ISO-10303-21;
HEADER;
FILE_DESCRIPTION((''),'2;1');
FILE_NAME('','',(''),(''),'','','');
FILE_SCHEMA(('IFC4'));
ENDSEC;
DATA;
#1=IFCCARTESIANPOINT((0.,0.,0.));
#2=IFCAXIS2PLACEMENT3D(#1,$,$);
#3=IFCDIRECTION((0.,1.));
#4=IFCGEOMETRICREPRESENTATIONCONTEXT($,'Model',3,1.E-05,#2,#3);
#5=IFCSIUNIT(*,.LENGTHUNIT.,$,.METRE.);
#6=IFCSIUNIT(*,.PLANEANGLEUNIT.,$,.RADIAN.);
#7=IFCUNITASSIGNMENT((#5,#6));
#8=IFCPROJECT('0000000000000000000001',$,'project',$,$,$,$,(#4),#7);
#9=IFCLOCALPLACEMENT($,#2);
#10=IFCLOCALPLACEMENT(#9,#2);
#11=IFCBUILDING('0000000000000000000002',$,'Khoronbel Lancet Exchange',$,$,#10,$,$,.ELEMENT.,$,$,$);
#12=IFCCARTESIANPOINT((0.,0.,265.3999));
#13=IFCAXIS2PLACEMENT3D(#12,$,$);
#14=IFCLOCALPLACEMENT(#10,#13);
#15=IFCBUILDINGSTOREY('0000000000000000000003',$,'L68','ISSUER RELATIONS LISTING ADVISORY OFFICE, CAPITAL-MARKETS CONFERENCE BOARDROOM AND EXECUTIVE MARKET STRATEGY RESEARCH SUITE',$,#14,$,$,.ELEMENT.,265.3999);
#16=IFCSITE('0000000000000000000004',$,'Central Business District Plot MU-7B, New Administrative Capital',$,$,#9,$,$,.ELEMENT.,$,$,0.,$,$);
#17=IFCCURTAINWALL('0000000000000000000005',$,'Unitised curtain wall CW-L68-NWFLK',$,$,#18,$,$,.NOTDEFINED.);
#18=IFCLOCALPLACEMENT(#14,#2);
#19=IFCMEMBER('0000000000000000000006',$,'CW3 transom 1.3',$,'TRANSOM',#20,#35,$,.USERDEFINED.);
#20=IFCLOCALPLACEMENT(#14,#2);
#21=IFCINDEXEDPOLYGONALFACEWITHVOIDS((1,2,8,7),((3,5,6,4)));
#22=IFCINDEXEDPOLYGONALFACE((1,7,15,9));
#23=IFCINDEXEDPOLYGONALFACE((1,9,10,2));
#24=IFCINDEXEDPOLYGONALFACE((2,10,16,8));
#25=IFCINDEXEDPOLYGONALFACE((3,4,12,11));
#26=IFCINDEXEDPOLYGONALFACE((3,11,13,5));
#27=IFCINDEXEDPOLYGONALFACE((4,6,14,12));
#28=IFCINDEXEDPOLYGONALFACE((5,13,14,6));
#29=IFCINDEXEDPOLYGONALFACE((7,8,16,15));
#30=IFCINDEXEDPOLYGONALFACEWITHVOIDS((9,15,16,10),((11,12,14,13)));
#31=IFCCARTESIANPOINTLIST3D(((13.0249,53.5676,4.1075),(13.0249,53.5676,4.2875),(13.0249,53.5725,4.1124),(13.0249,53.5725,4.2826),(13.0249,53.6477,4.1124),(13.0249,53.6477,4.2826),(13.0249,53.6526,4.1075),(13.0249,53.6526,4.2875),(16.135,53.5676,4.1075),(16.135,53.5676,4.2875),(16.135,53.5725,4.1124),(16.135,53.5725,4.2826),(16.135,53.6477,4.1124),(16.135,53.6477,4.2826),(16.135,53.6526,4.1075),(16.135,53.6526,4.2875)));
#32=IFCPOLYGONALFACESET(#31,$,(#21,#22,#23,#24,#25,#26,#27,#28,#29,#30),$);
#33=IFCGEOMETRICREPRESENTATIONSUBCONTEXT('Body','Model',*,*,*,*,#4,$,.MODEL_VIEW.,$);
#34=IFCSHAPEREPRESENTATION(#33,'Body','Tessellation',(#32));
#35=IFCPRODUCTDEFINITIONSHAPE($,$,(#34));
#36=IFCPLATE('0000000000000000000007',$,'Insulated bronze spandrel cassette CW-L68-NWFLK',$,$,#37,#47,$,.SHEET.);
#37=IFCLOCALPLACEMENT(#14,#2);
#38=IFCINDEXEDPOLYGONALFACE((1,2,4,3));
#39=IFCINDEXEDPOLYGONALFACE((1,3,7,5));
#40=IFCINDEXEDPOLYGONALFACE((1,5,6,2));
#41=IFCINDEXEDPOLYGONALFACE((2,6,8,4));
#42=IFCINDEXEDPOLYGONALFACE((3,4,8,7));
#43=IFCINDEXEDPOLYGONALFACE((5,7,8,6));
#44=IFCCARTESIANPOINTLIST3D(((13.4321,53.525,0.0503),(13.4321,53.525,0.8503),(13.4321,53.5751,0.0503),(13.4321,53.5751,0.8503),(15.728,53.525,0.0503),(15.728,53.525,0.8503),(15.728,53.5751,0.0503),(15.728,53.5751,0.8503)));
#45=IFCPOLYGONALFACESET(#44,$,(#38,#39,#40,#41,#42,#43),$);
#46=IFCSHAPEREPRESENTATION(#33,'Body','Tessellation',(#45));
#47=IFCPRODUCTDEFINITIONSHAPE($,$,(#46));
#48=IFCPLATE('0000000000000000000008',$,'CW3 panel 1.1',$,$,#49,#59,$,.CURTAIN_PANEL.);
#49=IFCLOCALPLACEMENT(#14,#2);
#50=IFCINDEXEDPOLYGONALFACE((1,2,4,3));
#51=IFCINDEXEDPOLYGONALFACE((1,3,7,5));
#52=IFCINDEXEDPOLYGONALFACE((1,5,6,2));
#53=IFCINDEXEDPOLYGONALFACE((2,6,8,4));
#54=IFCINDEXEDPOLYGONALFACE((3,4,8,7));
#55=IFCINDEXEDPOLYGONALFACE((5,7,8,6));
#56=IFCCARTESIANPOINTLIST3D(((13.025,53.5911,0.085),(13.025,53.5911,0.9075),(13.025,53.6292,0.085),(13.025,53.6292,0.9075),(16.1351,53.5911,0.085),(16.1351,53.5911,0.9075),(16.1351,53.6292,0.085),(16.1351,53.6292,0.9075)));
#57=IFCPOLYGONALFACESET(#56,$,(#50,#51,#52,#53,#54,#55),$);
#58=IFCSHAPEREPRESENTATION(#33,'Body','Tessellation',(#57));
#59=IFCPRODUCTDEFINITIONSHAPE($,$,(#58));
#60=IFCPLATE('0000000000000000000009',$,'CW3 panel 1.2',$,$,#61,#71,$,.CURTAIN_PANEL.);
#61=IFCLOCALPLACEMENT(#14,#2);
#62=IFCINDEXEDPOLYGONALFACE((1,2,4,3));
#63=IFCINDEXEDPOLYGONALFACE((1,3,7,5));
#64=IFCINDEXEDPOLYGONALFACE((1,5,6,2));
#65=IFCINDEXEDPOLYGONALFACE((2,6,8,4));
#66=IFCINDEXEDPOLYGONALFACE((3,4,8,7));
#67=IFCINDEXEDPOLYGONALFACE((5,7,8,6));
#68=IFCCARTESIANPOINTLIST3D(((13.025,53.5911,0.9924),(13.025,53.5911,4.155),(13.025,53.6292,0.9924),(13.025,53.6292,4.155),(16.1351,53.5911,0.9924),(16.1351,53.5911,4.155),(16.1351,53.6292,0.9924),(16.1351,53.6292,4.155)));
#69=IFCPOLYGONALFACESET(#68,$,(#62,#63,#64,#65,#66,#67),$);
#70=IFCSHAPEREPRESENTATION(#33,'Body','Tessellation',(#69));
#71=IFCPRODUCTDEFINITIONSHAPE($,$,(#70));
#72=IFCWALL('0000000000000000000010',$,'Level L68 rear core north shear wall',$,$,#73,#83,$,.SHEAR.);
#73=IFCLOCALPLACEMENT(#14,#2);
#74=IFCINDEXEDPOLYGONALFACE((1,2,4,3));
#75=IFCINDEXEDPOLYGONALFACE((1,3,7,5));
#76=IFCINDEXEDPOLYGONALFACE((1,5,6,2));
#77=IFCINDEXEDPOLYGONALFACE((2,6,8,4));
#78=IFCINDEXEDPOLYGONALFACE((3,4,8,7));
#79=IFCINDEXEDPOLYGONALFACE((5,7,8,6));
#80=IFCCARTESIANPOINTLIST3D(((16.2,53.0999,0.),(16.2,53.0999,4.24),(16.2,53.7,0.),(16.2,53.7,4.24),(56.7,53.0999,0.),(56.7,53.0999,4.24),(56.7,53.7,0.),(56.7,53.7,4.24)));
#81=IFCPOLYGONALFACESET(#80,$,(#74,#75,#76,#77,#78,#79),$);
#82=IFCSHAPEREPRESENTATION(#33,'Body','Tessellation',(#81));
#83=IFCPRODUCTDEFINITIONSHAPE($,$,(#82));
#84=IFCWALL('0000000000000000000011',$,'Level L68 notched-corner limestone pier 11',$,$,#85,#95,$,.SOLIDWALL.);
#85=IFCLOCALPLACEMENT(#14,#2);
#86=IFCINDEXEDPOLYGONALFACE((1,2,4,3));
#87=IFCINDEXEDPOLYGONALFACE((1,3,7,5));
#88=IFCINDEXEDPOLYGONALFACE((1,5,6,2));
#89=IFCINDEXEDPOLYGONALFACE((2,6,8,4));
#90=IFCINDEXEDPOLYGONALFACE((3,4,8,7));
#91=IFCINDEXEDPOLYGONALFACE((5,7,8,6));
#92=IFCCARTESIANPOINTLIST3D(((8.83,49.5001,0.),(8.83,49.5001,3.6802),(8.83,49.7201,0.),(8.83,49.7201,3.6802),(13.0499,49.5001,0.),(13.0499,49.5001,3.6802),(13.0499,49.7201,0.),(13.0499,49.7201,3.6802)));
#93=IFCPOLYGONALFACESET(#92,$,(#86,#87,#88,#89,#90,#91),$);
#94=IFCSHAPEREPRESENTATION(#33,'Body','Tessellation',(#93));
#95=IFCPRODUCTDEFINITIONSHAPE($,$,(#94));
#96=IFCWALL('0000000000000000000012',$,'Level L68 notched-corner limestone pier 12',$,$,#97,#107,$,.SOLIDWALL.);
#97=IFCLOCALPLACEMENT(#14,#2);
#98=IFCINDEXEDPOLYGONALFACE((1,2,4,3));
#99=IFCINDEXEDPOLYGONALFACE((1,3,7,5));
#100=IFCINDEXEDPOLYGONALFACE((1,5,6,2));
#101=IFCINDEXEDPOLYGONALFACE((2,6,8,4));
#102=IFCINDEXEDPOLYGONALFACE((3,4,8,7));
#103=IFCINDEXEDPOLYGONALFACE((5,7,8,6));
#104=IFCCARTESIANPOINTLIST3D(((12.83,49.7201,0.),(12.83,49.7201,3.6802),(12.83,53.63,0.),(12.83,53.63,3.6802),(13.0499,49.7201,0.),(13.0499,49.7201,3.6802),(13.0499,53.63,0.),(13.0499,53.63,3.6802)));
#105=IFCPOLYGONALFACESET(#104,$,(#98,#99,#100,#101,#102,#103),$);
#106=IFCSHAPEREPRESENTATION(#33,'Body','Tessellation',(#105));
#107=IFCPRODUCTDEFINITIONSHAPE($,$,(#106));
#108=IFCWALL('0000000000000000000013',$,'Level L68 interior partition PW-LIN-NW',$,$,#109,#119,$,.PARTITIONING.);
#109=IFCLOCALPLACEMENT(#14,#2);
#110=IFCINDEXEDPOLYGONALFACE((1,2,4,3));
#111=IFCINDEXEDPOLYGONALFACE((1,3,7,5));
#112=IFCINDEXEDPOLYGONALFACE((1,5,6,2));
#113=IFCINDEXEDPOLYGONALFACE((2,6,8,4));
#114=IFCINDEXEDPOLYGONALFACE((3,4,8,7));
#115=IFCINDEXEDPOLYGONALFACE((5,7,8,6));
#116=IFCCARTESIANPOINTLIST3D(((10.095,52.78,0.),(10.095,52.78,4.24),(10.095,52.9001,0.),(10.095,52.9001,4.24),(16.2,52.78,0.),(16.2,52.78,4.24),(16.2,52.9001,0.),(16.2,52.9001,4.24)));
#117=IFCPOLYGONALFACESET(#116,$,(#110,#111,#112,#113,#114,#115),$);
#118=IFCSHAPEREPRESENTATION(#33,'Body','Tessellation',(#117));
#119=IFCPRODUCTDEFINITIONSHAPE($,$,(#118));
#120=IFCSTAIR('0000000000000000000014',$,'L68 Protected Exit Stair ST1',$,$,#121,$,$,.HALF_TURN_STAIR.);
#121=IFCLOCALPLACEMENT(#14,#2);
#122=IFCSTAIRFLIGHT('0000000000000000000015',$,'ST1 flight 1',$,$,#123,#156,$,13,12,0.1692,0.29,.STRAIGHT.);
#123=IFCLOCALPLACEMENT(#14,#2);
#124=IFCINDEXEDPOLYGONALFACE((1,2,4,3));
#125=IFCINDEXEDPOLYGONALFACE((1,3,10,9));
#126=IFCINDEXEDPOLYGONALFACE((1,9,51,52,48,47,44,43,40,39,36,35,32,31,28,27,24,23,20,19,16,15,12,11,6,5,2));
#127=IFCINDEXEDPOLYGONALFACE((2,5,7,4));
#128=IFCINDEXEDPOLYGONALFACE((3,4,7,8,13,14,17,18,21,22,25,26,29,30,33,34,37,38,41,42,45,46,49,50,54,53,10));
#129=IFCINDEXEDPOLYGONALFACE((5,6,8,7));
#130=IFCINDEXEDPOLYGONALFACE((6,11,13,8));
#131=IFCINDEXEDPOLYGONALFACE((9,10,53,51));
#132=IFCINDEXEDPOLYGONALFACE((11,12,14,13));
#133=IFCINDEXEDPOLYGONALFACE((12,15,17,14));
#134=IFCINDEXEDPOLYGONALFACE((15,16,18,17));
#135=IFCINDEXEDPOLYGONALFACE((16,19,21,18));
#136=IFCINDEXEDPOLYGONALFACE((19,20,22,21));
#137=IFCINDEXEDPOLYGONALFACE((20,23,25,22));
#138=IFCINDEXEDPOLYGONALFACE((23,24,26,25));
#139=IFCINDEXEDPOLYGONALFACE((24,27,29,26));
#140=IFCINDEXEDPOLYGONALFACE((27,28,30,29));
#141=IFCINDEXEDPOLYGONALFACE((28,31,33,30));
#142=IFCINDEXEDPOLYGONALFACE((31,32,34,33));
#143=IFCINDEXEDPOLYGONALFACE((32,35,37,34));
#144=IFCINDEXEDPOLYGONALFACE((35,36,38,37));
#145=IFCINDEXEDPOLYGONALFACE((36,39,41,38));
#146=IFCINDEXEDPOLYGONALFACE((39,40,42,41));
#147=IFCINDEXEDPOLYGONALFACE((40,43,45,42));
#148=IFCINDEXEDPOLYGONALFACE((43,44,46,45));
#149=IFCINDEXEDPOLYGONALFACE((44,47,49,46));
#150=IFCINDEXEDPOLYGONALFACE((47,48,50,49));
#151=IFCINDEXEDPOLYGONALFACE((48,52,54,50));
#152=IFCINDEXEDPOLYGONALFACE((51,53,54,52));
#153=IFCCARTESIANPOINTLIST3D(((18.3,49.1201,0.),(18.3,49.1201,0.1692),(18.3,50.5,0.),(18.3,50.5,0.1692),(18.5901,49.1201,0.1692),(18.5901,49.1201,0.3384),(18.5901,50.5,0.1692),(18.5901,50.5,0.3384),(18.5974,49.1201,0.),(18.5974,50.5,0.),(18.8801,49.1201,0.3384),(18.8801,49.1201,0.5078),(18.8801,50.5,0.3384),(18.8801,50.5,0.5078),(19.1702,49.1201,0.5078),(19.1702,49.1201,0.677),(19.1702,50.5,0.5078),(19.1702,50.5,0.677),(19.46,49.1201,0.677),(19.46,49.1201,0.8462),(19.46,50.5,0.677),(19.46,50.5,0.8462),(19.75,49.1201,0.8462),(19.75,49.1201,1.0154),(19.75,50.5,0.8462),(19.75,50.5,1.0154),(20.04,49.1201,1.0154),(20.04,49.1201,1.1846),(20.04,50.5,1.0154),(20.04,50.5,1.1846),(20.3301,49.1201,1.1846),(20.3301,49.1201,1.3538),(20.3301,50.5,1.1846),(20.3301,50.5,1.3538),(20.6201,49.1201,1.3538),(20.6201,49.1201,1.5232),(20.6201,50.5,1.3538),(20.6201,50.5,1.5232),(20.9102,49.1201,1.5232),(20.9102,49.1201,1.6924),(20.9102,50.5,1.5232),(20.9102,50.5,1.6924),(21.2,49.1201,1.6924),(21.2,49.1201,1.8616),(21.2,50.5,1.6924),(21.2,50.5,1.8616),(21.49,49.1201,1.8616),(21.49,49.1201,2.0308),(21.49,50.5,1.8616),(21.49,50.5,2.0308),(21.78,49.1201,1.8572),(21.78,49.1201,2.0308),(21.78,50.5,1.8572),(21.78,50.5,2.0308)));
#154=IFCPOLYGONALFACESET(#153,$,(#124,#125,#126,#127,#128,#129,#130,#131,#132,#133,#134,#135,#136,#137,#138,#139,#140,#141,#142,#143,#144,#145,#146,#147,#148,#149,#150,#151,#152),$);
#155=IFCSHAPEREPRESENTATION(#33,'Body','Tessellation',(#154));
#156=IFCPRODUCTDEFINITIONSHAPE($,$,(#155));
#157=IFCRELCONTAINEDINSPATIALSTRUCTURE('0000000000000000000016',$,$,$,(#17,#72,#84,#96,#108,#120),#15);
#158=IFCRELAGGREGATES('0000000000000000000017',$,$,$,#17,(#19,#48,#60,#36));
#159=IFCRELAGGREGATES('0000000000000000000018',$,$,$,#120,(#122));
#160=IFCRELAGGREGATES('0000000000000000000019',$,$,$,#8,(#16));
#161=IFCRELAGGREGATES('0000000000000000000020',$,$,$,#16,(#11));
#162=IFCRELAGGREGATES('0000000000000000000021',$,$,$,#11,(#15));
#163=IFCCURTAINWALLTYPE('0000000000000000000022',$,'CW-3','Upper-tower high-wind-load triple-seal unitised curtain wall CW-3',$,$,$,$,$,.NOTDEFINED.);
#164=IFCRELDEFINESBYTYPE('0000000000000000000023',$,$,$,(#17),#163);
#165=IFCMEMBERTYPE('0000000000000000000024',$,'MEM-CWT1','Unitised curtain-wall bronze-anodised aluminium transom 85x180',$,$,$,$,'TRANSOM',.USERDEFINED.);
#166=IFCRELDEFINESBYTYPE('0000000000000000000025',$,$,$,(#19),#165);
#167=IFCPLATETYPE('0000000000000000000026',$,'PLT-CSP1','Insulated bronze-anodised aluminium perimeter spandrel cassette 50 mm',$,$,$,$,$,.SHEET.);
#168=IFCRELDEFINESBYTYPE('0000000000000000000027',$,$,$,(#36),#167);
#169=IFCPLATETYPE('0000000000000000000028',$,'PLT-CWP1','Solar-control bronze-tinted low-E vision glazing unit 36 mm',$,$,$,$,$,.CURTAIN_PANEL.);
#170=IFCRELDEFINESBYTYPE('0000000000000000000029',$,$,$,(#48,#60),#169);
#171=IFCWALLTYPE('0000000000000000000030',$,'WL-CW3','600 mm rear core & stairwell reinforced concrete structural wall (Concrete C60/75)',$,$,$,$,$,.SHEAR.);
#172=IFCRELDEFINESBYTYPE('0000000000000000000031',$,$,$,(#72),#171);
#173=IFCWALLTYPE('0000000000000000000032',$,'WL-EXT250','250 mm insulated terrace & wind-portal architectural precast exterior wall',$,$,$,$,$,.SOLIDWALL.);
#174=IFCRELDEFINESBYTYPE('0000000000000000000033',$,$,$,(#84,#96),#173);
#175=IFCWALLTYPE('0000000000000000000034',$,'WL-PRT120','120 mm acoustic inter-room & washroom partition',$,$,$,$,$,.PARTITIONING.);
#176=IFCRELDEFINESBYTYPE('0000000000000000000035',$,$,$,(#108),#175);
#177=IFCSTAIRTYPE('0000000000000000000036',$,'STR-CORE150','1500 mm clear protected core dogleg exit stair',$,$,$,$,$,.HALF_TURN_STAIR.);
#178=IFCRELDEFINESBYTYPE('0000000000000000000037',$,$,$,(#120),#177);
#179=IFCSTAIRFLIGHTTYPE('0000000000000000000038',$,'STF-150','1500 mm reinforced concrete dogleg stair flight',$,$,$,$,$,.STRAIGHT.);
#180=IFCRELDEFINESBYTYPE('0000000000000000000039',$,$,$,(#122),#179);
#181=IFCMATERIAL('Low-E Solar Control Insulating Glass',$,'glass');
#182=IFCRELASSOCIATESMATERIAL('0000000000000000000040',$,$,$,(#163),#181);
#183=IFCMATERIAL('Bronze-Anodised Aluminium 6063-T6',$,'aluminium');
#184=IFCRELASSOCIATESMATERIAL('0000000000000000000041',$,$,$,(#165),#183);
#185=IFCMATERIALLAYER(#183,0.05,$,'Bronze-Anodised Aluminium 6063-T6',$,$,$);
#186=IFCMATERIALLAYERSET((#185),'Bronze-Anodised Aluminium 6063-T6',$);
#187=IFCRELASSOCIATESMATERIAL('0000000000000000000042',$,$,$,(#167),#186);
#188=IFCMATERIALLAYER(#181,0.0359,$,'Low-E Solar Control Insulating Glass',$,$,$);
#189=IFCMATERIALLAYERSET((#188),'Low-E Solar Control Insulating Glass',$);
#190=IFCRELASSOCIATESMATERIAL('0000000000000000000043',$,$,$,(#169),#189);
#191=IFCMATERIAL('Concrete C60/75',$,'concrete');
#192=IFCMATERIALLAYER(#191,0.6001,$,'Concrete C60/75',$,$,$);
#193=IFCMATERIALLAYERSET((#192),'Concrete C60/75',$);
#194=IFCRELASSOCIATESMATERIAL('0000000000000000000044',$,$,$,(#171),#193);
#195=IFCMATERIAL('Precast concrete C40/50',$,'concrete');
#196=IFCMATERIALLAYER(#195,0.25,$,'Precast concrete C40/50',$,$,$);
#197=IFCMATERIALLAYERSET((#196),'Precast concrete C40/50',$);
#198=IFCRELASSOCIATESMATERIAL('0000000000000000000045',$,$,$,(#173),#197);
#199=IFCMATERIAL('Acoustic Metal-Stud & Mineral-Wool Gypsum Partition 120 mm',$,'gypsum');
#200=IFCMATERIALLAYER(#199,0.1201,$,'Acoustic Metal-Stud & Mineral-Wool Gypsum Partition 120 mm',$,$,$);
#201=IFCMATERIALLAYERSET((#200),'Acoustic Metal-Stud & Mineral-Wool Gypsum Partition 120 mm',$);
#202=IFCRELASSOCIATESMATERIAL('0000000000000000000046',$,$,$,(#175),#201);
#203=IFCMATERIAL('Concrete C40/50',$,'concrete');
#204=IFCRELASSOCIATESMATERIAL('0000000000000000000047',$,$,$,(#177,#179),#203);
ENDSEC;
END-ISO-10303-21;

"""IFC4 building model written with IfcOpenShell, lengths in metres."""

from ifc_helpers import new_model, si_unit, direction, frame, frame_2d, origin, origin_2d, place, context, subcontext, project, spatial, polyline, rectangle, hollow_rectangle, outline, extrude, material, layer, layer_set, material_profile, profile_set, type_object, element, aggregate, save


model = new_model("IFC4")

# Units and contexts
model_context = context("Model", 3, precision=1e-05, world=origin(), true_north=direction((0.0, 1.0)))
body_context = subcontext(model_context, "Body", "Model", "MODEL_VIEW")
ifc_project = project(units=[si_unit("LENGTHUNIT", "METRE"), si_unit("PLANEANGLEUNIT", "RADIAN")], contexts=[model_context])

# Site, building, storey
site_placement = place(None, origin())
site = spatial("IfcSite", under=ifc_project, at=site_placement, Name="Central Business District Plot MU-7B, New Administrative Capital", CompositionType="ELEMENT", RefElevation=0.0)
building_placement = place(site_placement, origin())
building = spatial("IfcBuilding", under=site, at=building_placement, Name="Khoronbel Lancet Exchange", CompositionType="ELEMENT")
storey_placement = place(building_placement, frame((0.0, 0.0, 265.3999)))
storey = spatial("IfcBuildingStorey", under=building, at=storey_placement, Name="L68", Description="ISSUER RELATIONS LISTING ADVISORY OFFICE, CAPITAL-MARKETS CONFERENCE BOARDROOM AND EXECUTIVE MARKET STRATEGY RESEARCH SUITE", CompositionType="ELEMENT", Elevation=265.3999)

# Curtain wall, member, plates
ifc_material_1 = material(Name="Low-E Solar Control Insulating Glass", Category="glass")
curtain_wall_type = type_object("IfcCurtainWallType", Name="CW-3", Description="Upper-tower high-wind-load triple-seal unitised curtain wall CW-3", PredefinedType="NOTDEFINED", material=ifc_material_1)
curtain_wall_placement = place(storey_placement, origin())
curtain_wall = element("IfcCurtainWall", 1, at=curtain_wall_placement, inside=storey, type_object=curtain_wall_type, Name="Unitised curtain wall CW-L68-NWFLK", PredefinedType="NOTDEFINED")
ifc_material_2 = material(Name="Bronze-Anodised Aluminium 6063-T6", Category="aluminium")
ifc_material_profile_1 = material_profile(ifc_material_2, hollow_rectangle(XDim=0.085, YDim=0.1799, WallThickness=0.0049, at=origin_2d()), Name="ALU TRANSOM 85x180")
ifc_profile_set_1 = profile_set([ifc_material_profile_1], Name="Bronze-Anodised Aluminium 6063-T6")
member_type_1 = type_object("IfcMemberType", Name="MEM-CWT1", Description="Unitised curtain-wall bronze-anodised aluminium transom 85x180", ElementType="TRANSOM", PredefinedType="USERDEFINED", material=ifc_profile_set_1)
member_1_placement = place(storey_placement, frame((16.135, 53.6101, 4.1975), z_axis=(-1.0, 0.0, 0.0), x_axis=(0.0, -1.0, 0.0)))
member_1 = element("IfcMember", 2, at=member_1_placement, type_object=member_type_1, Name="CW3 transom 1.3", ObjectType="TRANSOM", PredefinedType="USERDEFINED", context=body_context, shape_type="SweptSolid", body=[
    extrude(hollow_rectangle(XDim=0.085, YDim=0.1799, WallThickness=0.0049, at=origin_2d()), origin(), (0.0, 0.0, 1.0), 3.1101),
])
ifc_layer_1 = layer(ifc_material_2, 0.05, Name="Bronze-Anodised Aluminium 6063-T6")
ifc_layer_set_1 = layer_set([ifc_layer_1], Name="Bronze-Anodised Aluminium 6063-T6")
plate_type_1 = type_object("IfcPlateType", Name="PLT-CSP1", Description="Insulated bronze-anodised aluminium perimeter spandrel cassette 50 mm", PredefinedType="SHEET", material=ifc_layer_set_1)
plate_1_placement = place(storey_placement, frame((14.5801, 53.55, 0.0503), z_axis=(0.0, 0.0, 1.0), x_axis=(-1.0, 0.0, 0.0)))
plate_1 = element("IfcPlate", 3, at=plate_1_placement, type_object=plate_type_1, Name="Insulated bronze spandrel cassette CW-L68-NWFLK", PredefinedType="SHEET", context=body_context, shape_type="SweptSolid", body=[
    extrude(rectangle(XDim=2.2959, YDim=0.05, at=origin_2d()), origin(), (0.0, 0.0, 1.0), 0.8),
])
ifc_layer_2 = layer(ifc_material_1, 0.0359, Name="Low-E Solar Control Insulating Glass")
ifc_layer_set_2 = layer_set([ifc_layer_2], Name="Low-E Solar Control Insulating Glass")
plate_type_2 = type_object("IfcPlateType", Name="PLT-CWP1", Description="Solar-control bronze-tinted low-E vision glazing unit 36 mm", PredefinedType="CURTAIN_PANEL", material=ifc_layer_set_2)
plate_2_placement = place(storey_placement, frame((14.5801, 53.6101, 0.085), z_axis=(0.0, 0.0, 1.0), x_axis=(-1.0, 0.0, 0.0)))
plate_2 = element("IfcPlate", 4, at=plate_2_placement, type_object=plate_type_2, Name="CW3 panel 1.1", PredefinedType="CURTAIN_PANEL", context=body_context, shape_type="SweptSolid", body=[
    extrude(rectangle(XDim=3.1101, YDim=0.0381, at=origin_2d()), origin(), (0.0, 0.0, 1.0), 0.8225),
])
plate_3_placement = place(storey_placement, frame((14.5801, 53.6101, 0.9924), z_axis=(0.0, 0.0, 1.0), x_axis=(-1.0, 0.0, 0.0)))
plate_3 = element("IfcPlate", 5, at=plate_3_placement, type_object=plate_type_2, Name="CW3 panel 1.2", PredefinedType="CURTAIN_PANEL", context=body_context, shape_type="SweptSolid", body=[
    extrude(rectangle(XDim=3.1101, YDim=0.0381, at=origin_2d()), origin(), (0.0, 0.0, 1.0), 3.1626),
])
aggregate(curtain_wall, [member_1, plate_2, plate_3, plate_1])

# Walls
ifc_material_3 = material(Name="Concrete C60/75", Category="concrete")
ifc_layer_3 = layer(ifc_material_3, 0.6001, Name="Concrete C60/75")
ifc_layer_set_3 = layer_set([ifc_layer_3], Name="Concrete C60/75")
wall_type_1 = type_object("IfcWallType", Name="WL-CW3", Description="600 mm rear core & stairwell reinforced concrete structural wall (Concrete C60/75)", PredefinedType="SHEAR", material=ifc_layer_set_3)
wall_1_placement = place(storey_placement, frame((16.2, 53.3999, 0.0), z_axis=(0.0, 0.0, 1.0), x_axis=(1.0, 0.0, 0.0)))
element("IfcWall", 6, at=wall_1_placement, inside=storey, type_object=wall_type_1, Name="Level L68 rear core north shear wall", PredefinedType="SHEAR", context=body_context, shape_type="SweptSolid", body=[
    extrude(rectangle(XDim=40.5, YDim=0.6001, at=frame_2d((20.25, 0.0))), origin(), (0.0, 0.0, 1.0), 4.24),
])
ifc_material_4 = material(Name="Precast concrete C40/50", Category="concrete")
ifc_layer_4 = layer(ifc_material_4, 0.25, Name="Precast concrete C40/50")
ifc_layer_set_4 = layer_set([ifc_layer_4], Name="Precast concrete C40/50")
wall_type_2 = type_object("IfcWallType", Name="WL-EXT250", Description="250 mm insulated terrace & wind-portal architectural precast exterior wall", PredefinedType="SOLIDWALL", material=ifc_layer_set_4)
wall_2_placement = place(storey_placement, frame((8.8301, 49.6101, 0.0), z_axis=(0.0, 0.0, 1.0), x_axis=(1.0, 0.0, 0.0)))
element("IfcWall", 7, at=wall_2_placement, inside=storey, type_object=wall_type_2, Name="Level L68 notched-corner limestone pier 11", PredefinedType="SOLIDWALL", context=body_context, shape_type="SweptSolid", body=[
    extrude(rectangle(XDim=4.22, YDim=0.22, at=frame_2d((2.1099, 0.0))), origin(), (0.0, 0.0, 1.0), 3.6802),
])
wall_3_placement = place(storey_placement, frame((12.9399, 49.72, 0.0), z_axis=(0.0, 0.0, 1.0), x_axis=(0.0, 1.0, 0.0)))
element("IfcWall", 8, at=wall_3_placement, inside=storey, type_object=wall_type_2, Name="Level L68 notched-corner limestone pier 12", PredefinedType="SOLIDWALL", context=body_context, shape_type="SweptSolid", body=[
    extrude(rectangle(XDim=3.9099, YDim=0.22, at=frame_2d((1.9551, 0.0))), origin(), (0.0, 0.0, 1.0), 3.6802),
])
ifc_material_5 = material(Name="Acoustic Metal-Stud & Mineral-Wool Gypsum Partition 120 mm", Category="gypsum")
ifc_layer_5 = layer(ifc_material_5, 0.1201, Name="Acoustic Metal-Stud & Mineral-Wool Gypsum Partition 120 mm")
ifc_layer_set_5 = layer_set([ifc_layer_5], Name="Acoustic Metal-Stud & Mineral-Wool Gypsum Partition 120 mm")
wall_type_3 = type_object("IfcWallType", Name="WL-PRT120", Description="120 mm acoustic inter-room & washroom partition", PredefinedType="PARTITIONING", material=ifc_layer_set_5)
wall_4_placement = place(storey_placement, frame((10.095, 52.8401, 0.0), z_axis=(0.0, 0.0, 1.0), x_axis=(1.0, 0.0, 0.0)))
element("IfcWall", 9, at=wall_4_placement, inside=storey, type_object=wall_type_3, Name="Level L68 interior partition PW-LIN-NW", PredefinedType="PARTITIONING", context=body_context, shape_type="SweptSolid", body=[
    extrude(rectangle(XDim=6.105, YDim=0.1201, at=frame_2d((3.0525, 0.0))), origin(), (0.0, 0.0, 1.0), 4.24),
])

# Stair, stair flight
ifc_material_6 = material(Name="Concrete C40/50", Category="concrete")
stair_type = type_object("IfcStairType", Name="STR-CORE150", Description="1500 mm clear protected core dogleg exit stair", PredefinedType="HALF_TURN_STAIR", material=ifc_material_6)
stair_placement = place(storey_placement, origin())
stair = element("IfcStair", 10, at=stair_placement, inside=storey, type_object=stair_type, Name="L68 Protected Exit Stair ST1", PredefinedType="HALF_TURN_STAIR")
stair_flight_type = type_object("IfcStairFlightType", Name="STF-150", Description="1500 mm reinforced concrete dogleg stair flight", PredefinedType="STRAIGHT", material=ifc_material_6)
stair_flight_placement = place(storey_placement, frame((18.3, 49.8101, 0.0), z_axis=(0.0, 0.0, 1.0), x_axis=(1.0, 0.0, 0.0)))
stair_flight = element("IfcStairFlight", 11, at=stair_flight_placement, type_object=stair_flight_type, Name="ST1 flight 1", NumberOfRisers=13, NumberOfTreads=12, PredefinedType="STRAIGHT", RiserHeight=0.1692, TreadLength=0.29, context=body_context, shape_type="SweptSolid", body=[
    extrude(outline(polyline([(0.0, 0.0), (0.0, 0.1692), (0.29, 0.1692), (0.29, 0.3384), (0.5801, 0.3384), (0.5801, 0.5078), (0.8701, 0.5078), (0.8701, 0.677), (1.1599, 0.677), (1.1599, 0.8462), (1.45, 0.8462), (1.45, 1.0154), (1.74, 1.0154), (1.74, 1.1846), (2.03, 1.1846), (2.03, 1.3538), (2.3201, 1.3538), (2.3201, 1.5232), (2.6101, 1.5232), (2.6101, 1.6924), (2.8999, 1.6924), (2.8999, 1.8616), (3.1899, 1.8616), (3.1899, 2.0308), (3.48, 2.0308), (3.48, 2.2), (3.48, 1.8572), (0.2974, 0.0), (0.0, 0.0)])), frame((0.0, 0.6899, 0.0), z_axis=(0.0, -1.0, 0.0), x_axis=(1.0, 0.0, 0.0)), (0.0, 0.0, 1.0), 1.3799),
])
aggregate(stair, [stair_flight])

save(model, "model.ifc")
